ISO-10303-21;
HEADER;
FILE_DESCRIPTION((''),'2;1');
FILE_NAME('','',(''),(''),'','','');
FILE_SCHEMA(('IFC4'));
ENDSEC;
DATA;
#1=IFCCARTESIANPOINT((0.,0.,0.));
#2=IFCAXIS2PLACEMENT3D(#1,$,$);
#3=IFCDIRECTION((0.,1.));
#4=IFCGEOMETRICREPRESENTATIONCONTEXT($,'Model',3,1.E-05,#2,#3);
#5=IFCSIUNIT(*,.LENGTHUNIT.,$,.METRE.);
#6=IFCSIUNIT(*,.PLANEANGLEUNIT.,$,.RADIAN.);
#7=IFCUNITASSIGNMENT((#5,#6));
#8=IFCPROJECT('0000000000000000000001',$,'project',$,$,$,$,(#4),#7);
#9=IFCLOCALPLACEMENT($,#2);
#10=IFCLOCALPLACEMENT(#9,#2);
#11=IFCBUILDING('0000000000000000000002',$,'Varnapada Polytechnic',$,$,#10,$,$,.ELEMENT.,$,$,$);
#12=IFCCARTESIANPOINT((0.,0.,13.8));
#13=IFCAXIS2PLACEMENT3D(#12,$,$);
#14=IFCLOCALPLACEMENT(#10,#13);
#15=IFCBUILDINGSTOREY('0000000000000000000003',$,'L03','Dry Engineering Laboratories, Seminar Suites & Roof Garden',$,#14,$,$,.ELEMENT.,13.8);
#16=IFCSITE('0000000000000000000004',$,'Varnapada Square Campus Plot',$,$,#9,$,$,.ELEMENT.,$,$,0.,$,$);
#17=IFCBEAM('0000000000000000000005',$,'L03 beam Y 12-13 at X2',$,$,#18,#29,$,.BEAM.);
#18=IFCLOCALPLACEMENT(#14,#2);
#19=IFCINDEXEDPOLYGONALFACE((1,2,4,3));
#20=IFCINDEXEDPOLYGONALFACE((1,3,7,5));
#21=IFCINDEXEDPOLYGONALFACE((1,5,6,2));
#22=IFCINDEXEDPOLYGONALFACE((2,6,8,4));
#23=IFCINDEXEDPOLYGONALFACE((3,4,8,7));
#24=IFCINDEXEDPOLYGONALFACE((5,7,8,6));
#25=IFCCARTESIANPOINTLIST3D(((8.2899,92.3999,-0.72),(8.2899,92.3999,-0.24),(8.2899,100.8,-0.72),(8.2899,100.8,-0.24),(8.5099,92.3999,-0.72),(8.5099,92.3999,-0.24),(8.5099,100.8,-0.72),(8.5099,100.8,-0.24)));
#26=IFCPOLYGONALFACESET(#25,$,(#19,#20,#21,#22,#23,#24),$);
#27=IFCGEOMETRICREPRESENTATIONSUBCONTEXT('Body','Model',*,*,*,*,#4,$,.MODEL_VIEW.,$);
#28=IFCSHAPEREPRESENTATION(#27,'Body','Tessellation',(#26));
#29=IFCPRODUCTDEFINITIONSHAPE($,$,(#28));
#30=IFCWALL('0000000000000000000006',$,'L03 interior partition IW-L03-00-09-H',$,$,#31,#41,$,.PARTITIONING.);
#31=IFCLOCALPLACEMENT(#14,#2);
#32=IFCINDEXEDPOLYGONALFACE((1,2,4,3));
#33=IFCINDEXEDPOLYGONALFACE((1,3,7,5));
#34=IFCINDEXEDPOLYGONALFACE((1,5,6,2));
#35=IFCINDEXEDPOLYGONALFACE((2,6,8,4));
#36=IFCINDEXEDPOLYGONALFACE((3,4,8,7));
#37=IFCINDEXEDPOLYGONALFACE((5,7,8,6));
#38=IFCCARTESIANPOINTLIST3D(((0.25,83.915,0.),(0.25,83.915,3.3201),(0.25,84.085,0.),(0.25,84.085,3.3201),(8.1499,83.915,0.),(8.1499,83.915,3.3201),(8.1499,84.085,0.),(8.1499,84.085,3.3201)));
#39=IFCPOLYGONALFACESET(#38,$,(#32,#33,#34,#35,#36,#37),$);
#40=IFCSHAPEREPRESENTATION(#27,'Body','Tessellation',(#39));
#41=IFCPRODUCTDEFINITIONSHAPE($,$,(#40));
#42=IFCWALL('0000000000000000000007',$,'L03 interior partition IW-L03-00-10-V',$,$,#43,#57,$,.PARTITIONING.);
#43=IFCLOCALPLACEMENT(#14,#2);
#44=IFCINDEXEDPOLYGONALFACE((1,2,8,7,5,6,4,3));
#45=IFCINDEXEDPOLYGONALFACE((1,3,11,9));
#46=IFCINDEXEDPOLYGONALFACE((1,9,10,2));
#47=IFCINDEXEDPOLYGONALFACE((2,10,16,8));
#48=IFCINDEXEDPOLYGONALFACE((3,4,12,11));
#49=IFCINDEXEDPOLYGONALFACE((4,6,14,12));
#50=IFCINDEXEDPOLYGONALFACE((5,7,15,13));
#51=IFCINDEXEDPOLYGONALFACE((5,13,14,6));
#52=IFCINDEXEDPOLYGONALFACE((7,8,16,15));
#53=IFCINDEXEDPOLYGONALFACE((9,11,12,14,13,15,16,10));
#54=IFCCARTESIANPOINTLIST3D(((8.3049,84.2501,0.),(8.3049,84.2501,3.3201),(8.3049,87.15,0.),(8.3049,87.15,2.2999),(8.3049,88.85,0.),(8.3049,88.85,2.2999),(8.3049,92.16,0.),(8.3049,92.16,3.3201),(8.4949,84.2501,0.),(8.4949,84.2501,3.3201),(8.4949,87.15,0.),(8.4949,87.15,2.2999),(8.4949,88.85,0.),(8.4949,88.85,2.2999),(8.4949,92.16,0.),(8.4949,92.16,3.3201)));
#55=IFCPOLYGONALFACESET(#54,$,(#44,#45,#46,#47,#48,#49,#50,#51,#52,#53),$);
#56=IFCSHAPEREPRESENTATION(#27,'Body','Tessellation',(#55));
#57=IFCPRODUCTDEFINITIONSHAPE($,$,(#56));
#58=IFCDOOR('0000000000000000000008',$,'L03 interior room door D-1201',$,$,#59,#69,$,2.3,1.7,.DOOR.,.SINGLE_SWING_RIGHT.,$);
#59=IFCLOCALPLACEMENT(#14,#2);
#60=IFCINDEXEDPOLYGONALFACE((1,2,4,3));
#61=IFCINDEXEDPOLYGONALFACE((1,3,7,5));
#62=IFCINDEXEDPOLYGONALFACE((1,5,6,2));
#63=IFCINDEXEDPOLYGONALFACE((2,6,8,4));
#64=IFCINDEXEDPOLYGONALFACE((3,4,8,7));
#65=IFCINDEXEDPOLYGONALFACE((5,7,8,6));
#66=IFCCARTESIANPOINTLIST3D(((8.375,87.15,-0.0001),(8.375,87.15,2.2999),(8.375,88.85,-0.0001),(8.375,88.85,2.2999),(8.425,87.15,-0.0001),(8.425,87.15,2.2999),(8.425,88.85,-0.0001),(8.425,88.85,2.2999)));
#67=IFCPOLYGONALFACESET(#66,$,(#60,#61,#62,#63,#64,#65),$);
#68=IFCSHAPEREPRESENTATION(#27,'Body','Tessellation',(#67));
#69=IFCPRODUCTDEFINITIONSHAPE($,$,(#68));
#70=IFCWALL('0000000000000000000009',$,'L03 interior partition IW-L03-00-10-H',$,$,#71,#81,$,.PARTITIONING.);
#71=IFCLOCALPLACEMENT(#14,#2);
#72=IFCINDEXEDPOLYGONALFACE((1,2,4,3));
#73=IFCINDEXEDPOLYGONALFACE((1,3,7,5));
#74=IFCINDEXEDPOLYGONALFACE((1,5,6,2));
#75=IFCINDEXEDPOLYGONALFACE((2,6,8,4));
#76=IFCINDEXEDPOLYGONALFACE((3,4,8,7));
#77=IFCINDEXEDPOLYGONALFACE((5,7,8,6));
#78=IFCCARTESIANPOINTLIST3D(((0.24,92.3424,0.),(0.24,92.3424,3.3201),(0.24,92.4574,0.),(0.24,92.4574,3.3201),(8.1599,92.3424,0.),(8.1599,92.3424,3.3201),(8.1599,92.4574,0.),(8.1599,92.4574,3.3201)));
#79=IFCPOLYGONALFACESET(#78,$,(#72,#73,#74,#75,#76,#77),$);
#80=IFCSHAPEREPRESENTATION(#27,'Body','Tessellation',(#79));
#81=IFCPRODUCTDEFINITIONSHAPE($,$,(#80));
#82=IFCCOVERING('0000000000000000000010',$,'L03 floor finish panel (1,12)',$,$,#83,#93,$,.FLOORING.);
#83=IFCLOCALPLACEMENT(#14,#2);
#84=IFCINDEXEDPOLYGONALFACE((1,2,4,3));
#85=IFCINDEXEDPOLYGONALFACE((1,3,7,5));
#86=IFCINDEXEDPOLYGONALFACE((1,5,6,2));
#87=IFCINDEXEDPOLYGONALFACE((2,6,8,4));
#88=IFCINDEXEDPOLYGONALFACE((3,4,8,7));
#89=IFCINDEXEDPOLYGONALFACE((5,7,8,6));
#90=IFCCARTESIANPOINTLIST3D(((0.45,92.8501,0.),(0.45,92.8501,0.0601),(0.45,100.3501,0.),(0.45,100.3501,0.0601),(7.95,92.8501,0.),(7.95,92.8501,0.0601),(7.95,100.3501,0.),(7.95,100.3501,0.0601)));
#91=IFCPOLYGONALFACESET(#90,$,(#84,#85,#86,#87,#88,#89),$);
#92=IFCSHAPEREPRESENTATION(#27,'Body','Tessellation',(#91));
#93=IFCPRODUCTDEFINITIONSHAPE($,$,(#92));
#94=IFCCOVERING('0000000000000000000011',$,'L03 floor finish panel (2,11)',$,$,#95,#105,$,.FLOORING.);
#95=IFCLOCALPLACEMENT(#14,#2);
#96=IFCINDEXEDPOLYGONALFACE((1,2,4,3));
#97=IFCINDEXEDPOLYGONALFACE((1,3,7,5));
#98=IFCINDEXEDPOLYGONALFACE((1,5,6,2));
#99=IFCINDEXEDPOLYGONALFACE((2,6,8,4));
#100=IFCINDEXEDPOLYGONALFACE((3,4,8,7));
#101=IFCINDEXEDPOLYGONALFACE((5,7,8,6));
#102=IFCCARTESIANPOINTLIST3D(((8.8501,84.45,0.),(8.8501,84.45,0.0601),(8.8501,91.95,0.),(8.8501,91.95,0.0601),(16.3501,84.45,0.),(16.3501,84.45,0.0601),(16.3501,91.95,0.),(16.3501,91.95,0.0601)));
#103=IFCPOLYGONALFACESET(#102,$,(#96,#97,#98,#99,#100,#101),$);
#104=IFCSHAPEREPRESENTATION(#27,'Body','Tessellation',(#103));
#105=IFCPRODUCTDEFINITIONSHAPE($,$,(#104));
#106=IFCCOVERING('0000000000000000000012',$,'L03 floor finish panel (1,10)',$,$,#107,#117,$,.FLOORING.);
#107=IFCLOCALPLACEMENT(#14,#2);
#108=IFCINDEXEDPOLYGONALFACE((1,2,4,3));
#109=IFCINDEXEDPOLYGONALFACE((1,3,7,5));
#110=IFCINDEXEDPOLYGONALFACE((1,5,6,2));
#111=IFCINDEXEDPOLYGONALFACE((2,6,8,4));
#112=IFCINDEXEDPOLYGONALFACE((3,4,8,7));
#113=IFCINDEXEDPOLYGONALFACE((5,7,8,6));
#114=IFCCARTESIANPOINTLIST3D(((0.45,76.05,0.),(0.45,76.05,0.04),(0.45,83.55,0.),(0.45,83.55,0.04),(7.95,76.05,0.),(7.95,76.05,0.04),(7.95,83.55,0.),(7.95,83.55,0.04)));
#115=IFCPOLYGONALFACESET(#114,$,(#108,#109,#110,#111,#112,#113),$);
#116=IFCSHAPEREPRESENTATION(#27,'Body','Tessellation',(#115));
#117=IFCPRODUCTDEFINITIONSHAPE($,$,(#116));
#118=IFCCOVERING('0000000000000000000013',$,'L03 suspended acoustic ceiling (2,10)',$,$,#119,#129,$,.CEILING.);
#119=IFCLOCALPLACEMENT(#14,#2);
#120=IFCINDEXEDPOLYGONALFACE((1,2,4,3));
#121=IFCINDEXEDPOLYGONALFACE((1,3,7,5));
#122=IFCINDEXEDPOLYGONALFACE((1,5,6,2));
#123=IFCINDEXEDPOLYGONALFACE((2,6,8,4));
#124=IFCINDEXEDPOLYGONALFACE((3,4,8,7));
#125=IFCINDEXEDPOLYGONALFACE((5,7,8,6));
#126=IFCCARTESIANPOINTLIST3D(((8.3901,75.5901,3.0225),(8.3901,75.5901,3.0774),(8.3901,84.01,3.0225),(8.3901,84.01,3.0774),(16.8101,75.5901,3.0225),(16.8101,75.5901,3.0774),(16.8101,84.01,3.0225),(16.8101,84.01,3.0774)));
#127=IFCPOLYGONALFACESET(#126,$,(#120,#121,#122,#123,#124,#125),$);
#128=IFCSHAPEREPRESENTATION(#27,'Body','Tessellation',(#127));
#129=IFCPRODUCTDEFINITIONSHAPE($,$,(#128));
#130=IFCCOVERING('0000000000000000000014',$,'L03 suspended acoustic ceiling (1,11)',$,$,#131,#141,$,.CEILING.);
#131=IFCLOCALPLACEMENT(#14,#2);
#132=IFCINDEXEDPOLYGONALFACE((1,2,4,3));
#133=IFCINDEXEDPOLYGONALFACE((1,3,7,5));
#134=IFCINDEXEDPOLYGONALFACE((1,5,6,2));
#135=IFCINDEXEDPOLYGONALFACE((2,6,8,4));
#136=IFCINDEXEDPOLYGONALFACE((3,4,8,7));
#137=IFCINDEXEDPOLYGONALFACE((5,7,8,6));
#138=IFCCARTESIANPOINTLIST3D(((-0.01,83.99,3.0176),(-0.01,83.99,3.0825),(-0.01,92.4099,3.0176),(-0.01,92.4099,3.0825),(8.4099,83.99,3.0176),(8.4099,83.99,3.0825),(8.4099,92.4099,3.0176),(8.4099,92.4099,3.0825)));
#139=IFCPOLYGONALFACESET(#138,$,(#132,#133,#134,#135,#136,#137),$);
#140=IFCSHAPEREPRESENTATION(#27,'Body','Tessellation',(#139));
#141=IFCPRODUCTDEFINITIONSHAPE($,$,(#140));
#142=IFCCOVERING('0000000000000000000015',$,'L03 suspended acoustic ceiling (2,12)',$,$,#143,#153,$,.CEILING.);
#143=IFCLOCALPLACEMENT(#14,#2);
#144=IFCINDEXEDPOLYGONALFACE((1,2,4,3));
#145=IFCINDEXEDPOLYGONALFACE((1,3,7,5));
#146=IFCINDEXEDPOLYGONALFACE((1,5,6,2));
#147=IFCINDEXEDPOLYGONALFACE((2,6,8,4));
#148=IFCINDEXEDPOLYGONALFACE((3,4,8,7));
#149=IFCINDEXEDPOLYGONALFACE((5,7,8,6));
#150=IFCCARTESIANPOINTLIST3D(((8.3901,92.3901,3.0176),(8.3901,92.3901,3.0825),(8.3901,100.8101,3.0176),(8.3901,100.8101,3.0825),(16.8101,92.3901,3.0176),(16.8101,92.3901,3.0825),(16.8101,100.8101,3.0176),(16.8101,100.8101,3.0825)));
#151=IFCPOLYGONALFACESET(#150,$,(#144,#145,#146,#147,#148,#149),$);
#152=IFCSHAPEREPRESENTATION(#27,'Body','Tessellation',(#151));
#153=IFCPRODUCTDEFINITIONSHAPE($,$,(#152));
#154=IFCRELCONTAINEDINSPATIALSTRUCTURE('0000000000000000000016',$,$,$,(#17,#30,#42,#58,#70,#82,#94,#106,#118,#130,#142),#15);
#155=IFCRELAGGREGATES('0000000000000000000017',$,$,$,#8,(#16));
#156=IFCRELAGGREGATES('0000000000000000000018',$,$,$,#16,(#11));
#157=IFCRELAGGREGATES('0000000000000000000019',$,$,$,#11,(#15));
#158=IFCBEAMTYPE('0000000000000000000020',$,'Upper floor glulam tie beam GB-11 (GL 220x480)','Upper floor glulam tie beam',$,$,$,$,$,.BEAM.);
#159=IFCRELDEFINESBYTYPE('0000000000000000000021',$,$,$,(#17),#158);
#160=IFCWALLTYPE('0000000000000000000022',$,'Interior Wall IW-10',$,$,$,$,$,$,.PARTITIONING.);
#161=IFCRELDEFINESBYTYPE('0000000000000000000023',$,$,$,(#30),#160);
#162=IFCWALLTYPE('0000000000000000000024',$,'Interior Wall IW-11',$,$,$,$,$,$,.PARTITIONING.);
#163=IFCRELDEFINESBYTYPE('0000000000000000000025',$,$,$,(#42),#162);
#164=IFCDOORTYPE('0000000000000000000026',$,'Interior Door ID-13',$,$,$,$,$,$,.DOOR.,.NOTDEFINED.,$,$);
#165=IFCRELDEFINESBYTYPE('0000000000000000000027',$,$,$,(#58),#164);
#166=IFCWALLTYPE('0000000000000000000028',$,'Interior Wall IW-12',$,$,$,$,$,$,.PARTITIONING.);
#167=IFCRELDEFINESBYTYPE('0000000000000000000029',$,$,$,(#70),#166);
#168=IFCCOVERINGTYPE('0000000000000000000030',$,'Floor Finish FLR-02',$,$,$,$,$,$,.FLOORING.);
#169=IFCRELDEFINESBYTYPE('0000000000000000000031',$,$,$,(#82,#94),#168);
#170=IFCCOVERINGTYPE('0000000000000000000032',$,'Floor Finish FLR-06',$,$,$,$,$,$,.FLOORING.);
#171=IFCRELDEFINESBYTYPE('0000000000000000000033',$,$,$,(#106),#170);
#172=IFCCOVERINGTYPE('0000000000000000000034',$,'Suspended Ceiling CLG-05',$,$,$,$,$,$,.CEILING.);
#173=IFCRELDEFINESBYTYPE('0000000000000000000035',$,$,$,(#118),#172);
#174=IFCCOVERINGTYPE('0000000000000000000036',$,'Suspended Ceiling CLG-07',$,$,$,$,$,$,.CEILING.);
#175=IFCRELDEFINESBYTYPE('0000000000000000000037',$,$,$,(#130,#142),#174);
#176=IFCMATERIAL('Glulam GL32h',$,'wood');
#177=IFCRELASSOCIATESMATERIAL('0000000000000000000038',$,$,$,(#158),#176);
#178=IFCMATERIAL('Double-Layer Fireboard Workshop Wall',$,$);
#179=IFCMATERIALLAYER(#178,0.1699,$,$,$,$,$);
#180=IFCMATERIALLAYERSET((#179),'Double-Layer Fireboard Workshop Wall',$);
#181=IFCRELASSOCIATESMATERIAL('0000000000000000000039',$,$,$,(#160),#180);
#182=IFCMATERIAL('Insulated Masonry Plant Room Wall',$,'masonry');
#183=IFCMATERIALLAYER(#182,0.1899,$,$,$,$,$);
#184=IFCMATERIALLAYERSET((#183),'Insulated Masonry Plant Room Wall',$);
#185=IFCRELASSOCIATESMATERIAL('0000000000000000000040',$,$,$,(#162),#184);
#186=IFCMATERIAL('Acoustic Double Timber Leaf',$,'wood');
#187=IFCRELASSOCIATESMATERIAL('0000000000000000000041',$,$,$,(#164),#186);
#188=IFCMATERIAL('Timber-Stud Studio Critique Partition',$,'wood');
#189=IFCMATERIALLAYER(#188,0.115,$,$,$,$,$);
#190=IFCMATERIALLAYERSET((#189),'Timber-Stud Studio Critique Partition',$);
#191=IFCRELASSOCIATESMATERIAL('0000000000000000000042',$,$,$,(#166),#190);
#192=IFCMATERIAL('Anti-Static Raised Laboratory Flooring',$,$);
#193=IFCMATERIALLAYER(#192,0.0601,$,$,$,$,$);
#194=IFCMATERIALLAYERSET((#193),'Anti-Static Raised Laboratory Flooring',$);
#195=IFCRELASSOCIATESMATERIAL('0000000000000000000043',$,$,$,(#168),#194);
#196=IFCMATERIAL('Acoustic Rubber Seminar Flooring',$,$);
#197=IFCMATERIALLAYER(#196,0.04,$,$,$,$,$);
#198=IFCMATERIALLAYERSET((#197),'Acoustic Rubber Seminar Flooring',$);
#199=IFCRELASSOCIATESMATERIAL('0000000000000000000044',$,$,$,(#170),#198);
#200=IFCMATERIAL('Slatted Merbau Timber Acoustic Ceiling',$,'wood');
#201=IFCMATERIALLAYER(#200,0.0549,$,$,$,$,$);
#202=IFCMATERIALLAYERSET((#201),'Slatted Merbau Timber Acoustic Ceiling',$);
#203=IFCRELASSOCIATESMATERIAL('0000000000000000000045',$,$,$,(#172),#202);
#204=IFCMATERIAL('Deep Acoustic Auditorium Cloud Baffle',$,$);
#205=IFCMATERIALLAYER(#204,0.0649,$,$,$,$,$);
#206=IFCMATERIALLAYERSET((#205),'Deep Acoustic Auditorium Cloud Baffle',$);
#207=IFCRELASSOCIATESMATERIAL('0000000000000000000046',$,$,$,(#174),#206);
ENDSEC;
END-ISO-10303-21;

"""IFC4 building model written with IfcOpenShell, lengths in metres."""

from ifc_helpers import new_model, si_unit, direction, frame, frame_2d, origin, origin_2d, place, context, subcontext, project, spatial, rectangle, extrude, material, layer, layer_set, material_profile, profile_set, type_object, element, fill, save


model = new_model("IFC4")

# Units and contexts
model_context = context("Model", 3, precision=1e-05, world=origin(), true_north=direction((0.0, 1.0)))
body_context = subcontext(model_context, "Body", "Model", "MODEL_VIEW")
ifc_project = project(units=[si_unit("LENGTHUNIT", "METRE"), si_unit("PLANEANGLEUNIT", "RADIAN")], contexts=[model_context])

# Site, building, storey
site_placement = place(None, origin())
site = spatial("IfcSite", under=ifc_project, at=site_placement, Name="Varnapada Square Campus Plot", CompositionType="ELEMENT", RefElevation=0.0)
building_placement = place(site_placement, origin())
building = spatial("IfcBuilding", under=site, at=building_placement, Name="Varnapada Polytechnic", CompositionType="ELEMENT")
storey_placement = place(building_placement, frame((0.0, 0.0, 13.8)))
storey = spatial("IfcBuildingStorey", under=building, at=storey_placement, Name="L03", Description="Dry Engineering Laboratories, Seminar Suites & Roof Garden", CompositionType="ELEMENT", Elevation=13.8)

# Shared definitions
ifc_material_1 = material(Name="Glulam GL32h", Category="wood")

# Beam
ifc_material_profile_1 = material_profile(ifc_material_1, rectangle(XDim=0.22, YDim=0.48, at=origin_2d()), Name="GL 220x480")
ifc_profile_set_1 = profile_set([ifc_material_profile_1], Name="Glulam GL32h")
beam_type_1 = type_object("IfcBeamType", Name="Upper floor glulam tie beam GB-11 (GL 220x480)", Description="Upper floor glulam tie beam", PredefinedType="BEAM", material=ifc_profile_set_1)
beam_1_placement = place(storey_placement, frame((8.3999, 92.3999, -0.48), z_axis=(0.0, 1.0, 0.0), x_axis=(-1.0, 0.0, 0.0)))
element("IfcBeam", 1, at=beam_1_placement, inside=storey, type_object=beam_type_1, Name="L03 beam Y 12-13 at X2", PredefinedType="BEAM", context=body_context, shape_type="SweptSolid", body=[
    extrude(rectangle(XDim=0.22, YDim=0.48, at=origin_2d()), origin(), (0.0, 0.0, 1.0), 8.4001),
])

# Wall
ifc_material_2 = material(Name="Double-Layer Fireboard Workshop Wall")
ifc_layer_1 = layer(ifc_material_2, 0.1699)
ifc_layer_set_1 = layer_set([ifc_layer_1], Name="Double-Layer Fireboard Workshop Wall")
wall_type_1 = type_object("IfcWallType", Name="Interior Wall IW-10", PredefinedType="PARTITIONING", material=ifc_layer_set_1)
wall_1_placement = place(storey_placement, frame((0.25, 84.0, 0.0), z_axis=(0.0, 0.0, 1.0), x_axis=(1.0, 0.0, 0.0)))
element("IfcWall", 2, at=wall_1_placement, inside=storey, type_object=wall_type_1, Name="L03 interior partition IW-L03-00-09-H", PredefinedType="PARTITIONING", context=body_context, shape_type="SweptSolid", body=[
    extrude(rectangle(XDim=7.8999, YDim=0.1699, at=frame_2d((3.95, 0.0))), origin(), (0.0, 0.0, 1.0), 3.3201),
])

# Wall, opening, door
ifc_material_3 = material(Name="Insulated Masonry Plant Room Wall", Category="masonry")
ifc_layer_2 = layer(ifc_material_3, 0.1899)
ifc_layer_set_2 = layer_set([ifc_layer_2], Name="Insulated Masonry Plant Room Wall")
wall_type_2 = type_object("IfcWallType", Name="Interior Wall IW-11", PredefinedType="PARTITIONING", material=ifc_layer_set_2)
wall_2_placement = place(storey_placement, frame((8.3999, 84.25, 0.0), z_axis=(0.0, 0.0, 1.0), x_axis=(0.0, 1.0, 0.0)))
wall_2 = element("IfcWall", 3, at=wall_2_placement, inside=storey, type_object=wall_type_2, Name="L03 interior partition IW-L03-00-10-V", PredefinedType="PARTITIONING", context=body_context, shape_type="SweptSolid", body=[
    extrude(rectangle(XDim=7.9099, YDim=0.1899, at=frame_2d((3.9551, 0.0))), origin(), (0.0, 0.0, 1.0), 3.3201),
])
opening_1_placement = place(wall_2_placement, frame((2.8999, 0.0, 0.0)))
opening_1 = element("IfcOpeningElement", 4, at=opening_1_placement, cuts=wall_2, PredefinedType="OPENING", context=body_context, shape_type="SweptSolid", body=[
    extrude(rectangle(XDim=1.7, YDim=2.3, at=frame_2d((0.8501, 1.1499))), frame((0.0, 0.105, 0.0), z_axis=(0.0, -1.0, 0.0), x_axis=(1.0, 0.0, 0.0)), (0.0, 0.0, 1.0), 0.21),
])
ifc_material_4 = material(Name="Acoustic Double Timber Leaf", Category="wood")
door_type_1 = type_object("IfcDoorType", Name="Interior Door ID-13", OperationType="NOTDEFINED", PredefinedType="DOOR", material=ifc_material_4)
door_1_placement = place(opening_1_placement, origin())
door_1 = element("IfcDoor", 5, at=door_1_placement, inside=storey, type_object=door_type_1, Name="L03 interior room door D-1201", OperationType="SINGLE_SWING_RIGHT", OverallHeight=2.3, OverallWidth=1.7, PredefinedType="DOOR", context=body_context, shape_type="SweptSolid", body=[
    extrude(rectangle(XDim=1.7, YDim=2.3, at=frame_2d((0.8501, 1.1499))), frame((0.0, 0.0249, 0.0), z_axis=(0.0, -1.0, 0.0), x_axis=(1.0, 0.0, 0.0)), (0.0, 0.0, 1.0), 0.05),
])
fill(opening_1, door_1)

# Wall
ifc_material_5 = material(Name="Timber-Stud Studio Critique Partition", Category="wood")
ifc_layer_3 = layer(ifc_material_5, 0.115)
ifc_layer_set_3 = layer_set([ifc_layer_3], Name="Timber-Stud Studio Critique Partition")
wall_type_3 = type_object("IfcWallType", Name="Interior Wall IW-12", PredefinedType="PARTITIONING", material=ifc_layer_set_3)
wall_3_placement = place(storey_placement, frame((0.24, 92.3999, 0.0), z_axis=(0.0, 0.0, 1.0), x_axis=(1.0, 0.0, 0.0)))
element("IfcWall", 6, at=wall_3_placement, inside=storey, type_object=wall_type_3, Name="L03 interior partition IW-L03-00-10-H", PredefinedType="PARTITIONING", context=body_context, shape_type="SweptSolid", body=[
    extrude(rectangle(XDim=7.9199, YDim=0.115, at=frame_2d((3.96, 0.0))), origin(), (0.0, 0.0, 1.0), 3.3201),
])

# Coverings
ifc_material_6 = material(Name="Anti-Static Raised Laboratory Flooring")
ifc_layer_4 = layer(ifc_material_6, 0.0601)
ifc_layer_set_4 = layer_set([ifc_layer_4], Name="Anti-Static Raised Laboratory Flooring")
covering_type_1 = type_object("IfcCoveringType", Name="Floor Finish FLR-02", PredefinedType="FLOORING", material=ifc_layer_set_4)
for number, where, z_axis, x_axis, name in (
    (7, (4.2, 96.6001, 0.0), (0.0, 0.0, 1.0), (1.0, 0.0, 0.0), "L03 floor finish panel (1,12)"),
    (8, (12.6001, 88.2, 0.0), (0.0, 0.0, 1.0), (1.0, 0.0, 0.0), "L03 floor finish panel (2,11)"),
):
    element("IfcCovering", number, at=place(storey_placement, frame(where, z_axis=z_axis, x_axis=x_axis)), inside=storey, type_object=covering_type_1, Name=name, PredefinedType="FLOORING", context=body_context, shape_type="SweptSolid", body=[
        extrude(rectangle(XDim=7.5, YDim=7.5, at=origin_2d()), origin(), (0.0, 0.0, 1.0), 0.0601),
    ])
ifc_material_7 = material(Name="Acoustic Rubber Seminar Flooring")
ifc_layer_5 = layer(ifc_material_7, 0.04)
ifc_layer_set_5 = layer_set([ifc_layer_5], Name="Acoustic Rubber Seminar Flooring")
covering_type_2 = type_object("IfcCoveringType", Name="Floor Finish FLR-06", PredefinedType="FLOORING", material=ifc_layer_set_5)
covering_1_placement = place(storey_placement, frame((4.2, 79.8, 0.0), z_axis=(0.0, 0.0, 1.0), x_axis=(1.0, 0.0, 0.0)))
element("IfcCovering", 9, at=covering_1_placement, inside=storey, type_object=covering_type_2, Name="L03 floor finish panel (1,10)", PredefinedType="FLOORING", context=body_context, shape_type="SweptSolid", body=[
    extrude(rectangle(XDim=7.5, YDim=7.5, at=origin_2d()), origin(), (0.0, 0.0, 1.0), 0.04),
])
ifc_material_8 = material(Name="Slatted Merbau Timber Acoustic Ceiling", Category="wood")
ifc_layer_6 = layer(ifc_material_8, 0.0549)
ifc_layer_set_6 = layer_set([ifc_layer_6], Name="Slatted Merbau Timber Acoustic Ceiling")
covering_type_3 = type_object("IfcCoveringType", Name="Suspended Ceiling CLG-05", PredefinedType="CEILING", material=ifc_layer_set_6)
covering_2_placement = place(storey_placement, frame((12.6001, 79.8, 3.0225), z_axis=(0.0, 0.0, 1.0), x_axis=(1.0, 0.0, 0.0)))
element("IfcCovering", 10, at=covering_2_placement, inside=storey, type_object=covering_type_3, Name="L03 suspended acoustic ceiling (2,10)", PredefinedType="CEILING", context=body_context, shape_type="SweptSolid", body=[
    extrude(rectangle(XDim=8.4199, YDim=8.4199, at=origin_2d()), origin(), (0.0, 0.0, 1.0), 0.0549),
])
ifc_material_9 = material(Name="Deep Acoustic Auditorium Cloud Baffle")
ifc_layer_7 = layer(ifc_material_9, 0.0649)
ifc_layer_set_7 = layer_set([ifc_layer_7], Name="Deep Acoustic Auditorium Cloud Baffle")
covering_type_4 = type_object("IfcCoveringType", Name="Suspended Ceiling CLG-07", PredefinedType="CEILING", material=ifc_layer_set_7)
for number, where, z_axis, x_axis, name in (
    (11, (4.2, 88.2, 3.0176), (0.0, 0.0, 1.0), (1.0, 0.0, 0.0), "L03 suspended acoustic ceiling (1,11)"),
    (12, (12.6001, 96.6001, 3.0176), (0.0, 0.0, 1.0), (1.0, 0.0, 0.0), "L03 suspended acoustic ceiling (2,12)"),
):
    element("IfcCovering", number, at=place(storey_placement, frame(where, z_axis=z_axis, x_axis=x_axis)), inside=storey, type_object=covering_type_4, Name=name, PredefinedType="CEILING", context=body_context, shape_type="SweptSolid", body=[
        extrude(rectangle(XDim=8.4199, YDim=8.4199, at=origin_2d()), origin(), (0.0, 0.0, 1.0), 0.0649),
    ])

save(model, "model.ifc")
